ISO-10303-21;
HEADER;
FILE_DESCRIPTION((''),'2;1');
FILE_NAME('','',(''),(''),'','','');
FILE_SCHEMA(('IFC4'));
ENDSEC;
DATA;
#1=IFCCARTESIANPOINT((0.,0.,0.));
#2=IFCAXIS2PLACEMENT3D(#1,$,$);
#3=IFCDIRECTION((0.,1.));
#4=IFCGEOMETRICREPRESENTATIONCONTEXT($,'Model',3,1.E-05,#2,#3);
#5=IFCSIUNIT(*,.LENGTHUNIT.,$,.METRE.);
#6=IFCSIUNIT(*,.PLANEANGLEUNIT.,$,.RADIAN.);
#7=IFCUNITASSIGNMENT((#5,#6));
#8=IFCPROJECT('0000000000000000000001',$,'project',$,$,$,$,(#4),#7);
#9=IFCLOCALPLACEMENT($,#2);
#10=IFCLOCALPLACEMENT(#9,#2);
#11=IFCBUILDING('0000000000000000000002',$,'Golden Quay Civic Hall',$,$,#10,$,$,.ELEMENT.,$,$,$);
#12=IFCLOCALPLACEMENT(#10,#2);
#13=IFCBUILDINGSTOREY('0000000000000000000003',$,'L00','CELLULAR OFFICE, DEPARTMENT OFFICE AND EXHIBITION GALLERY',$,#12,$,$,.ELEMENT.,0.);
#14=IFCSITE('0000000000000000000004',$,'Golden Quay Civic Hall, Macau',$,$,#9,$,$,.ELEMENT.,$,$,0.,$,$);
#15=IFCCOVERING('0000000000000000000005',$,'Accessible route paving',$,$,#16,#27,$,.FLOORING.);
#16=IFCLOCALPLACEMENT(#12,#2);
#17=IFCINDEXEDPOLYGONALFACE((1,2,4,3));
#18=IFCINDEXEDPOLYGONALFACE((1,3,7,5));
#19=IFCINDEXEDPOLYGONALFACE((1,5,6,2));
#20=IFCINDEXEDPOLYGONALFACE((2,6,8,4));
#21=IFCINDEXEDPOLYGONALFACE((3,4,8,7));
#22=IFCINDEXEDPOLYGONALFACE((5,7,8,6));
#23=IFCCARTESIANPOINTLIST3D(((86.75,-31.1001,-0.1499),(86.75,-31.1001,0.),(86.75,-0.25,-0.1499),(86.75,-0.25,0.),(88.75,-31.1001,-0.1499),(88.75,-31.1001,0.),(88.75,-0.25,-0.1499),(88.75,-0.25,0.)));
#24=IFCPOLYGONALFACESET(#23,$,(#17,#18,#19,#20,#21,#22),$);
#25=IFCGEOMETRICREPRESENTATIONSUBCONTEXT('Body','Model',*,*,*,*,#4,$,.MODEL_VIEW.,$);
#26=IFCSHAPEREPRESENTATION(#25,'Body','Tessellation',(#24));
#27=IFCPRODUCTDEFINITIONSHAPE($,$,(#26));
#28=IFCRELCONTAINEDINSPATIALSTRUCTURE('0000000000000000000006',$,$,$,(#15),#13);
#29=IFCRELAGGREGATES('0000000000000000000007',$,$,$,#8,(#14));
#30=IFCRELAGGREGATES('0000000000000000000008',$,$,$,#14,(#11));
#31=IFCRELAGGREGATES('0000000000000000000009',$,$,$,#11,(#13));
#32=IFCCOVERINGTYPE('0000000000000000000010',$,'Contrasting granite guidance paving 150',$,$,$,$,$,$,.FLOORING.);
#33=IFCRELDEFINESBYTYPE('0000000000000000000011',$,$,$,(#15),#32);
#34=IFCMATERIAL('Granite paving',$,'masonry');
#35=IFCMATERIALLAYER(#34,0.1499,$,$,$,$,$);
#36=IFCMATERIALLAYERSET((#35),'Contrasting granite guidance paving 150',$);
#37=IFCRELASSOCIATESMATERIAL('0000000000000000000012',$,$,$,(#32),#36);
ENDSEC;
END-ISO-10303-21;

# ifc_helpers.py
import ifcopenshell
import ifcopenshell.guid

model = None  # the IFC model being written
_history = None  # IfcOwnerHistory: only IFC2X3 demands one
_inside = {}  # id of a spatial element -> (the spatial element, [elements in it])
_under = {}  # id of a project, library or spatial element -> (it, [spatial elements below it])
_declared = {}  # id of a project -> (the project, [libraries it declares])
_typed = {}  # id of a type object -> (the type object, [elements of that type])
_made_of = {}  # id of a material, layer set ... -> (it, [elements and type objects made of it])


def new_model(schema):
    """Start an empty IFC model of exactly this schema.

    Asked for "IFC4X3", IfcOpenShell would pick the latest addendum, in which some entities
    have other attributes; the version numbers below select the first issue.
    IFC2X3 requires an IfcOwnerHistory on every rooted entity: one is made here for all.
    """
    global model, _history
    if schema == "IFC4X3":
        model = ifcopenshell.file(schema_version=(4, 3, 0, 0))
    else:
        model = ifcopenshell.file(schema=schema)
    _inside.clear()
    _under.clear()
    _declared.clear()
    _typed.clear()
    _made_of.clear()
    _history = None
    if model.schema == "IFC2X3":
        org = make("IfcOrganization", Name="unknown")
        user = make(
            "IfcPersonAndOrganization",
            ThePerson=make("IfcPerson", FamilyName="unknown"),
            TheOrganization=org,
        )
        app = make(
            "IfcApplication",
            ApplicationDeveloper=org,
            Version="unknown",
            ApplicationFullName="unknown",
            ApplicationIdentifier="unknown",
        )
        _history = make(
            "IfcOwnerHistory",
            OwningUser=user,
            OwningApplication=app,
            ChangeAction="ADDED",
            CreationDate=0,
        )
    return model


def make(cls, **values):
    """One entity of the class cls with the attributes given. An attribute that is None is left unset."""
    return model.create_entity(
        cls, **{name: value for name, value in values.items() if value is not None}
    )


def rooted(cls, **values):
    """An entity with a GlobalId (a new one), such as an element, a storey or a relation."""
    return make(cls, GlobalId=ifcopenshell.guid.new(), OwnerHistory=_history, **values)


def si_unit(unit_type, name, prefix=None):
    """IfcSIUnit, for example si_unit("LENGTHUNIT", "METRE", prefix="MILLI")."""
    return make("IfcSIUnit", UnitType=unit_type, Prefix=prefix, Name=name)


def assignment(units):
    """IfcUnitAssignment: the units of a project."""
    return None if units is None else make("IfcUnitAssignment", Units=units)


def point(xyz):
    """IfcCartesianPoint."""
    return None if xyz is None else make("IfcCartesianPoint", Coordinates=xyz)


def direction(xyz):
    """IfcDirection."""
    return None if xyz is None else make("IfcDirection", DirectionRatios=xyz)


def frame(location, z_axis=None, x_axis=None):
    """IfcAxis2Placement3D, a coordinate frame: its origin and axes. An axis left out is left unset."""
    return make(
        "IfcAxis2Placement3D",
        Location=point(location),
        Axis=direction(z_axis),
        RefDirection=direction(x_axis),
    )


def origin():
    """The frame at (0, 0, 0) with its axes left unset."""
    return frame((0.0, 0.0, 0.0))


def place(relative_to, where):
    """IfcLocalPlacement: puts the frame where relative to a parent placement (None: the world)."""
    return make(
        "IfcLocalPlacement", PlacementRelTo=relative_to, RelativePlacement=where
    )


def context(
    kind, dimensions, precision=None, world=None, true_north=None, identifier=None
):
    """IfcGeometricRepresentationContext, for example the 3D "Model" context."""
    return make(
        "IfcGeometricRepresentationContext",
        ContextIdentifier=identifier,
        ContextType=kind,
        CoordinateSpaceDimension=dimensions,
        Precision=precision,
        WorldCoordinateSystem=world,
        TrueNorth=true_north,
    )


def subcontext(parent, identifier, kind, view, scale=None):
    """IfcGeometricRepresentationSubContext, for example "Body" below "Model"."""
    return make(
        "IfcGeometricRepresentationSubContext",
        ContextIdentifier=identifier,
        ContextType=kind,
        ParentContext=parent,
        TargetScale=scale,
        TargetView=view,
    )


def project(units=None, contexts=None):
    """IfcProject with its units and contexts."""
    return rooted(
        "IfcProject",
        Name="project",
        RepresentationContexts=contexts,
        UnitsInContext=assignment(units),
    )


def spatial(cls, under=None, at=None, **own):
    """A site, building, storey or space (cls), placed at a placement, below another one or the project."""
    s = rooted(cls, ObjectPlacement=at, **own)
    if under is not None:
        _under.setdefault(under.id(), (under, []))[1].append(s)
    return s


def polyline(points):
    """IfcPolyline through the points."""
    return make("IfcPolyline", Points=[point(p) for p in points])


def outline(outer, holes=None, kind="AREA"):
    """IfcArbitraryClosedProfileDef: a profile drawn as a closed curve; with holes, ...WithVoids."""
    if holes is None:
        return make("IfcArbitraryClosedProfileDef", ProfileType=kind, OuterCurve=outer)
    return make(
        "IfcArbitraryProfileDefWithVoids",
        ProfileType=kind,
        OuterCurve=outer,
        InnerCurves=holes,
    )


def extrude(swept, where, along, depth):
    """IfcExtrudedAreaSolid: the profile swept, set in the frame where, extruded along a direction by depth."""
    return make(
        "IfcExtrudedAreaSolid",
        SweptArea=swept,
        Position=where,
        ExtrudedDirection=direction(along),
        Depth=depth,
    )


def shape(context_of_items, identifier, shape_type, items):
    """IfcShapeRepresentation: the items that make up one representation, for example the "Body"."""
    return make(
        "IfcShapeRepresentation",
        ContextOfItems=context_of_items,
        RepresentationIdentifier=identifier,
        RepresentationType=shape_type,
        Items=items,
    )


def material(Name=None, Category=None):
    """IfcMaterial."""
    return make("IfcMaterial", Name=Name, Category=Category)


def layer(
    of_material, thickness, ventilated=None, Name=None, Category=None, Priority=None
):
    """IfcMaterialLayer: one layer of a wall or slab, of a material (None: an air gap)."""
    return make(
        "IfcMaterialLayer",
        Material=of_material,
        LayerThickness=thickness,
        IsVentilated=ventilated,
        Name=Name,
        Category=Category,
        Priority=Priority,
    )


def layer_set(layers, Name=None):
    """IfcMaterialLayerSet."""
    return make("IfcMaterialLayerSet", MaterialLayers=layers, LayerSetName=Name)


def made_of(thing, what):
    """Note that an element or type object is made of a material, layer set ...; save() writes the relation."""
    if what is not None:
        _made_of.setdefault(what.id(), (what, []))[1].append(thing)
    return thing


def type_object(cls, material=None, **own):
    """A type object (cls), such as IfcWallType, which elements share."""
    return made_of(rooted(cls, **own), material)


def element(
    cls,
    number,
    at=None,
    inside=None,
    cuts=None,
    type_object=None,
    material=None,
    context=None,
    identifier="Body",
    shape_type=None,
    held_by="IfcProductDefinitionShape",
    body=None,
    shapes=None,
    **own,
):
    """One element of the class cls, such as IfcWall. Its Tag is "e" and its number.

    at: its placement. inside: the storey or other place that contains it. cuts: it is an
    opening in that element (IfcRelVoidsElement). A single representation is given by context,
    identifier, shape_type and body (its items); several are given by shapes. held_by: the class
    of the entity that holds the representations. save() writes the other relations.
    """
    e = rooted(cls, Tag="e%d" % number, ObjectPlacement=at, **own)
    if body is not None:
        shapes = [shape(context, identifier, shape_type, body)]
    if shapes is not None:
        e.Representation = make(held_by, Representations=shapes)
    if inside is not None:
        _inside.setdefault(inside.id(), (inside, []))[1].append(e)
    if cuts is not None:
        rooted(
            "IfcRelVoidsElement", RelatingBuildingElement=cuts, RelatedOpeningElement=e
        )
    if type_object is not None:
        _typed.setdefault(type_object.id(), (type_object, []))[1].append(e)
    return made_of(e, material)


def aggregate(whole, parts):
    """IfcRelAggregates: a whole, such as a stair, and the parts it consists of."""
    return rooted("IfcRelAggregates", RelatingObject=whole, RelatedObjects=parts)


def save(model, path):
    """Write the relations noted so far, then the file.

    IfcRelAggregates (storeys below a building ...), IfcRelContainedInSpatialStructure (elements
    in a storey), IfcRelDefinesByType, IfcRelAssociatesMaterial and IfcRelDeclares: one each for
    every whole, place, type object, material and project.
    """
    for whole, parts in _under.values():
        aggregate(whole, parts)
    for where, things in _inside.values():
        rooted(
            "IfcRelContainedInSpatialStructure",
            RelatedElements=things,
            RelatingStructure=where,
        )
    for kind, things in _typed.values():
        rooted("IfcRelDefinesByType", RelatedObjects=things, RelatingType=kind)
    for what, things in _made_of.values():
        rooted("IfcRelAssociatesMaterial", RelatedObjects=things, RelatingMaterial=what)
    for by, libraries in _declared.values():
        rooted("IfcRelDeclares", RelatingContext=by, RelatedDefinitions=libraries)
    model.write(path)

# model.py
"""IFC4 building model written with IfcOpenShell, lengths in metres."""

from ifc_helpers import new_model, si_unit, direction, frame, origin, place, context, subcontext, project, spatial, polyline, outline, extrude, material, layer, layer_set, type_object, element, save


model = new_model("IFC4")

# Units and contexts
model_context = context("Model", 3, precision=1e-05, world=origin(), true_north=direction((0.0, 1.0)))
body_context = subcontext(model_context, "Body", "Model", "MODEL_VIEW")
ifc_project = project(units=[si_unit("LENGTHUNIT", "METRE"), si_unit("PLANEANGLEUNIT", "RADIAN")], contexts=[model_context])

# Site, building, storey
site_placement = place(None, origin())
site = spatial("IfcSite", under=ifc_project, at=site_placement, Name="Golden Quay Civic Hall, Macau", CompositionType="ELEMENT", RefElevation=0.0)
building_placement = place(site_placement, origin())
building = spatial("IfcBuilding", under=site, at=building_placement, Name="Golden Quay Civic Hall", CompositionType="ELEMENT")
storey_placement = place(building_placement, origin())
storey = spatial("IfcBuildingStorey", under=building, at=storey_placement, Name="L00", Description="CELLULAR OFFICE, DEPARTMENT OFFICE AND EXHIBITION GALLERY", CompositionType="ELEMENT", Elevation=0.0)

# Covering
ifc_material_1 = material(Name="Granite paving", Category="masonry")
ifc_layer = layer(ifc_material_1, 0.1499)
ifc_layer_set = layer_set([ifc_layer], Name="Contrasting granite guidance paving 150")
covering_type = type_object("IfcCoveringType", Name="Contrasting granite guidance paving 150", PredefinedType="FLOORING", material=ifc_layer_set)
covering_placement = place(storey_placement, frame((0.0, 0.0, -0.1499)))
element("IfcCovering", 1, at=covering_placement, inside=storey, type_object=covering_type, Name="Accessible route paving", PredefinedType="FLOORING", context=body_context, shape_type="SweptSolid", body=[
    extrude(outline(polyline([(88.75, -31.1001), (86.75, -31.1001), (86.75, -0.25), (88.75, -0.25), (88.75, -31.1001)])), origin(), (0.0, 0.0, 1.0), 0.1499),
])

save(model, "model.ifc")
